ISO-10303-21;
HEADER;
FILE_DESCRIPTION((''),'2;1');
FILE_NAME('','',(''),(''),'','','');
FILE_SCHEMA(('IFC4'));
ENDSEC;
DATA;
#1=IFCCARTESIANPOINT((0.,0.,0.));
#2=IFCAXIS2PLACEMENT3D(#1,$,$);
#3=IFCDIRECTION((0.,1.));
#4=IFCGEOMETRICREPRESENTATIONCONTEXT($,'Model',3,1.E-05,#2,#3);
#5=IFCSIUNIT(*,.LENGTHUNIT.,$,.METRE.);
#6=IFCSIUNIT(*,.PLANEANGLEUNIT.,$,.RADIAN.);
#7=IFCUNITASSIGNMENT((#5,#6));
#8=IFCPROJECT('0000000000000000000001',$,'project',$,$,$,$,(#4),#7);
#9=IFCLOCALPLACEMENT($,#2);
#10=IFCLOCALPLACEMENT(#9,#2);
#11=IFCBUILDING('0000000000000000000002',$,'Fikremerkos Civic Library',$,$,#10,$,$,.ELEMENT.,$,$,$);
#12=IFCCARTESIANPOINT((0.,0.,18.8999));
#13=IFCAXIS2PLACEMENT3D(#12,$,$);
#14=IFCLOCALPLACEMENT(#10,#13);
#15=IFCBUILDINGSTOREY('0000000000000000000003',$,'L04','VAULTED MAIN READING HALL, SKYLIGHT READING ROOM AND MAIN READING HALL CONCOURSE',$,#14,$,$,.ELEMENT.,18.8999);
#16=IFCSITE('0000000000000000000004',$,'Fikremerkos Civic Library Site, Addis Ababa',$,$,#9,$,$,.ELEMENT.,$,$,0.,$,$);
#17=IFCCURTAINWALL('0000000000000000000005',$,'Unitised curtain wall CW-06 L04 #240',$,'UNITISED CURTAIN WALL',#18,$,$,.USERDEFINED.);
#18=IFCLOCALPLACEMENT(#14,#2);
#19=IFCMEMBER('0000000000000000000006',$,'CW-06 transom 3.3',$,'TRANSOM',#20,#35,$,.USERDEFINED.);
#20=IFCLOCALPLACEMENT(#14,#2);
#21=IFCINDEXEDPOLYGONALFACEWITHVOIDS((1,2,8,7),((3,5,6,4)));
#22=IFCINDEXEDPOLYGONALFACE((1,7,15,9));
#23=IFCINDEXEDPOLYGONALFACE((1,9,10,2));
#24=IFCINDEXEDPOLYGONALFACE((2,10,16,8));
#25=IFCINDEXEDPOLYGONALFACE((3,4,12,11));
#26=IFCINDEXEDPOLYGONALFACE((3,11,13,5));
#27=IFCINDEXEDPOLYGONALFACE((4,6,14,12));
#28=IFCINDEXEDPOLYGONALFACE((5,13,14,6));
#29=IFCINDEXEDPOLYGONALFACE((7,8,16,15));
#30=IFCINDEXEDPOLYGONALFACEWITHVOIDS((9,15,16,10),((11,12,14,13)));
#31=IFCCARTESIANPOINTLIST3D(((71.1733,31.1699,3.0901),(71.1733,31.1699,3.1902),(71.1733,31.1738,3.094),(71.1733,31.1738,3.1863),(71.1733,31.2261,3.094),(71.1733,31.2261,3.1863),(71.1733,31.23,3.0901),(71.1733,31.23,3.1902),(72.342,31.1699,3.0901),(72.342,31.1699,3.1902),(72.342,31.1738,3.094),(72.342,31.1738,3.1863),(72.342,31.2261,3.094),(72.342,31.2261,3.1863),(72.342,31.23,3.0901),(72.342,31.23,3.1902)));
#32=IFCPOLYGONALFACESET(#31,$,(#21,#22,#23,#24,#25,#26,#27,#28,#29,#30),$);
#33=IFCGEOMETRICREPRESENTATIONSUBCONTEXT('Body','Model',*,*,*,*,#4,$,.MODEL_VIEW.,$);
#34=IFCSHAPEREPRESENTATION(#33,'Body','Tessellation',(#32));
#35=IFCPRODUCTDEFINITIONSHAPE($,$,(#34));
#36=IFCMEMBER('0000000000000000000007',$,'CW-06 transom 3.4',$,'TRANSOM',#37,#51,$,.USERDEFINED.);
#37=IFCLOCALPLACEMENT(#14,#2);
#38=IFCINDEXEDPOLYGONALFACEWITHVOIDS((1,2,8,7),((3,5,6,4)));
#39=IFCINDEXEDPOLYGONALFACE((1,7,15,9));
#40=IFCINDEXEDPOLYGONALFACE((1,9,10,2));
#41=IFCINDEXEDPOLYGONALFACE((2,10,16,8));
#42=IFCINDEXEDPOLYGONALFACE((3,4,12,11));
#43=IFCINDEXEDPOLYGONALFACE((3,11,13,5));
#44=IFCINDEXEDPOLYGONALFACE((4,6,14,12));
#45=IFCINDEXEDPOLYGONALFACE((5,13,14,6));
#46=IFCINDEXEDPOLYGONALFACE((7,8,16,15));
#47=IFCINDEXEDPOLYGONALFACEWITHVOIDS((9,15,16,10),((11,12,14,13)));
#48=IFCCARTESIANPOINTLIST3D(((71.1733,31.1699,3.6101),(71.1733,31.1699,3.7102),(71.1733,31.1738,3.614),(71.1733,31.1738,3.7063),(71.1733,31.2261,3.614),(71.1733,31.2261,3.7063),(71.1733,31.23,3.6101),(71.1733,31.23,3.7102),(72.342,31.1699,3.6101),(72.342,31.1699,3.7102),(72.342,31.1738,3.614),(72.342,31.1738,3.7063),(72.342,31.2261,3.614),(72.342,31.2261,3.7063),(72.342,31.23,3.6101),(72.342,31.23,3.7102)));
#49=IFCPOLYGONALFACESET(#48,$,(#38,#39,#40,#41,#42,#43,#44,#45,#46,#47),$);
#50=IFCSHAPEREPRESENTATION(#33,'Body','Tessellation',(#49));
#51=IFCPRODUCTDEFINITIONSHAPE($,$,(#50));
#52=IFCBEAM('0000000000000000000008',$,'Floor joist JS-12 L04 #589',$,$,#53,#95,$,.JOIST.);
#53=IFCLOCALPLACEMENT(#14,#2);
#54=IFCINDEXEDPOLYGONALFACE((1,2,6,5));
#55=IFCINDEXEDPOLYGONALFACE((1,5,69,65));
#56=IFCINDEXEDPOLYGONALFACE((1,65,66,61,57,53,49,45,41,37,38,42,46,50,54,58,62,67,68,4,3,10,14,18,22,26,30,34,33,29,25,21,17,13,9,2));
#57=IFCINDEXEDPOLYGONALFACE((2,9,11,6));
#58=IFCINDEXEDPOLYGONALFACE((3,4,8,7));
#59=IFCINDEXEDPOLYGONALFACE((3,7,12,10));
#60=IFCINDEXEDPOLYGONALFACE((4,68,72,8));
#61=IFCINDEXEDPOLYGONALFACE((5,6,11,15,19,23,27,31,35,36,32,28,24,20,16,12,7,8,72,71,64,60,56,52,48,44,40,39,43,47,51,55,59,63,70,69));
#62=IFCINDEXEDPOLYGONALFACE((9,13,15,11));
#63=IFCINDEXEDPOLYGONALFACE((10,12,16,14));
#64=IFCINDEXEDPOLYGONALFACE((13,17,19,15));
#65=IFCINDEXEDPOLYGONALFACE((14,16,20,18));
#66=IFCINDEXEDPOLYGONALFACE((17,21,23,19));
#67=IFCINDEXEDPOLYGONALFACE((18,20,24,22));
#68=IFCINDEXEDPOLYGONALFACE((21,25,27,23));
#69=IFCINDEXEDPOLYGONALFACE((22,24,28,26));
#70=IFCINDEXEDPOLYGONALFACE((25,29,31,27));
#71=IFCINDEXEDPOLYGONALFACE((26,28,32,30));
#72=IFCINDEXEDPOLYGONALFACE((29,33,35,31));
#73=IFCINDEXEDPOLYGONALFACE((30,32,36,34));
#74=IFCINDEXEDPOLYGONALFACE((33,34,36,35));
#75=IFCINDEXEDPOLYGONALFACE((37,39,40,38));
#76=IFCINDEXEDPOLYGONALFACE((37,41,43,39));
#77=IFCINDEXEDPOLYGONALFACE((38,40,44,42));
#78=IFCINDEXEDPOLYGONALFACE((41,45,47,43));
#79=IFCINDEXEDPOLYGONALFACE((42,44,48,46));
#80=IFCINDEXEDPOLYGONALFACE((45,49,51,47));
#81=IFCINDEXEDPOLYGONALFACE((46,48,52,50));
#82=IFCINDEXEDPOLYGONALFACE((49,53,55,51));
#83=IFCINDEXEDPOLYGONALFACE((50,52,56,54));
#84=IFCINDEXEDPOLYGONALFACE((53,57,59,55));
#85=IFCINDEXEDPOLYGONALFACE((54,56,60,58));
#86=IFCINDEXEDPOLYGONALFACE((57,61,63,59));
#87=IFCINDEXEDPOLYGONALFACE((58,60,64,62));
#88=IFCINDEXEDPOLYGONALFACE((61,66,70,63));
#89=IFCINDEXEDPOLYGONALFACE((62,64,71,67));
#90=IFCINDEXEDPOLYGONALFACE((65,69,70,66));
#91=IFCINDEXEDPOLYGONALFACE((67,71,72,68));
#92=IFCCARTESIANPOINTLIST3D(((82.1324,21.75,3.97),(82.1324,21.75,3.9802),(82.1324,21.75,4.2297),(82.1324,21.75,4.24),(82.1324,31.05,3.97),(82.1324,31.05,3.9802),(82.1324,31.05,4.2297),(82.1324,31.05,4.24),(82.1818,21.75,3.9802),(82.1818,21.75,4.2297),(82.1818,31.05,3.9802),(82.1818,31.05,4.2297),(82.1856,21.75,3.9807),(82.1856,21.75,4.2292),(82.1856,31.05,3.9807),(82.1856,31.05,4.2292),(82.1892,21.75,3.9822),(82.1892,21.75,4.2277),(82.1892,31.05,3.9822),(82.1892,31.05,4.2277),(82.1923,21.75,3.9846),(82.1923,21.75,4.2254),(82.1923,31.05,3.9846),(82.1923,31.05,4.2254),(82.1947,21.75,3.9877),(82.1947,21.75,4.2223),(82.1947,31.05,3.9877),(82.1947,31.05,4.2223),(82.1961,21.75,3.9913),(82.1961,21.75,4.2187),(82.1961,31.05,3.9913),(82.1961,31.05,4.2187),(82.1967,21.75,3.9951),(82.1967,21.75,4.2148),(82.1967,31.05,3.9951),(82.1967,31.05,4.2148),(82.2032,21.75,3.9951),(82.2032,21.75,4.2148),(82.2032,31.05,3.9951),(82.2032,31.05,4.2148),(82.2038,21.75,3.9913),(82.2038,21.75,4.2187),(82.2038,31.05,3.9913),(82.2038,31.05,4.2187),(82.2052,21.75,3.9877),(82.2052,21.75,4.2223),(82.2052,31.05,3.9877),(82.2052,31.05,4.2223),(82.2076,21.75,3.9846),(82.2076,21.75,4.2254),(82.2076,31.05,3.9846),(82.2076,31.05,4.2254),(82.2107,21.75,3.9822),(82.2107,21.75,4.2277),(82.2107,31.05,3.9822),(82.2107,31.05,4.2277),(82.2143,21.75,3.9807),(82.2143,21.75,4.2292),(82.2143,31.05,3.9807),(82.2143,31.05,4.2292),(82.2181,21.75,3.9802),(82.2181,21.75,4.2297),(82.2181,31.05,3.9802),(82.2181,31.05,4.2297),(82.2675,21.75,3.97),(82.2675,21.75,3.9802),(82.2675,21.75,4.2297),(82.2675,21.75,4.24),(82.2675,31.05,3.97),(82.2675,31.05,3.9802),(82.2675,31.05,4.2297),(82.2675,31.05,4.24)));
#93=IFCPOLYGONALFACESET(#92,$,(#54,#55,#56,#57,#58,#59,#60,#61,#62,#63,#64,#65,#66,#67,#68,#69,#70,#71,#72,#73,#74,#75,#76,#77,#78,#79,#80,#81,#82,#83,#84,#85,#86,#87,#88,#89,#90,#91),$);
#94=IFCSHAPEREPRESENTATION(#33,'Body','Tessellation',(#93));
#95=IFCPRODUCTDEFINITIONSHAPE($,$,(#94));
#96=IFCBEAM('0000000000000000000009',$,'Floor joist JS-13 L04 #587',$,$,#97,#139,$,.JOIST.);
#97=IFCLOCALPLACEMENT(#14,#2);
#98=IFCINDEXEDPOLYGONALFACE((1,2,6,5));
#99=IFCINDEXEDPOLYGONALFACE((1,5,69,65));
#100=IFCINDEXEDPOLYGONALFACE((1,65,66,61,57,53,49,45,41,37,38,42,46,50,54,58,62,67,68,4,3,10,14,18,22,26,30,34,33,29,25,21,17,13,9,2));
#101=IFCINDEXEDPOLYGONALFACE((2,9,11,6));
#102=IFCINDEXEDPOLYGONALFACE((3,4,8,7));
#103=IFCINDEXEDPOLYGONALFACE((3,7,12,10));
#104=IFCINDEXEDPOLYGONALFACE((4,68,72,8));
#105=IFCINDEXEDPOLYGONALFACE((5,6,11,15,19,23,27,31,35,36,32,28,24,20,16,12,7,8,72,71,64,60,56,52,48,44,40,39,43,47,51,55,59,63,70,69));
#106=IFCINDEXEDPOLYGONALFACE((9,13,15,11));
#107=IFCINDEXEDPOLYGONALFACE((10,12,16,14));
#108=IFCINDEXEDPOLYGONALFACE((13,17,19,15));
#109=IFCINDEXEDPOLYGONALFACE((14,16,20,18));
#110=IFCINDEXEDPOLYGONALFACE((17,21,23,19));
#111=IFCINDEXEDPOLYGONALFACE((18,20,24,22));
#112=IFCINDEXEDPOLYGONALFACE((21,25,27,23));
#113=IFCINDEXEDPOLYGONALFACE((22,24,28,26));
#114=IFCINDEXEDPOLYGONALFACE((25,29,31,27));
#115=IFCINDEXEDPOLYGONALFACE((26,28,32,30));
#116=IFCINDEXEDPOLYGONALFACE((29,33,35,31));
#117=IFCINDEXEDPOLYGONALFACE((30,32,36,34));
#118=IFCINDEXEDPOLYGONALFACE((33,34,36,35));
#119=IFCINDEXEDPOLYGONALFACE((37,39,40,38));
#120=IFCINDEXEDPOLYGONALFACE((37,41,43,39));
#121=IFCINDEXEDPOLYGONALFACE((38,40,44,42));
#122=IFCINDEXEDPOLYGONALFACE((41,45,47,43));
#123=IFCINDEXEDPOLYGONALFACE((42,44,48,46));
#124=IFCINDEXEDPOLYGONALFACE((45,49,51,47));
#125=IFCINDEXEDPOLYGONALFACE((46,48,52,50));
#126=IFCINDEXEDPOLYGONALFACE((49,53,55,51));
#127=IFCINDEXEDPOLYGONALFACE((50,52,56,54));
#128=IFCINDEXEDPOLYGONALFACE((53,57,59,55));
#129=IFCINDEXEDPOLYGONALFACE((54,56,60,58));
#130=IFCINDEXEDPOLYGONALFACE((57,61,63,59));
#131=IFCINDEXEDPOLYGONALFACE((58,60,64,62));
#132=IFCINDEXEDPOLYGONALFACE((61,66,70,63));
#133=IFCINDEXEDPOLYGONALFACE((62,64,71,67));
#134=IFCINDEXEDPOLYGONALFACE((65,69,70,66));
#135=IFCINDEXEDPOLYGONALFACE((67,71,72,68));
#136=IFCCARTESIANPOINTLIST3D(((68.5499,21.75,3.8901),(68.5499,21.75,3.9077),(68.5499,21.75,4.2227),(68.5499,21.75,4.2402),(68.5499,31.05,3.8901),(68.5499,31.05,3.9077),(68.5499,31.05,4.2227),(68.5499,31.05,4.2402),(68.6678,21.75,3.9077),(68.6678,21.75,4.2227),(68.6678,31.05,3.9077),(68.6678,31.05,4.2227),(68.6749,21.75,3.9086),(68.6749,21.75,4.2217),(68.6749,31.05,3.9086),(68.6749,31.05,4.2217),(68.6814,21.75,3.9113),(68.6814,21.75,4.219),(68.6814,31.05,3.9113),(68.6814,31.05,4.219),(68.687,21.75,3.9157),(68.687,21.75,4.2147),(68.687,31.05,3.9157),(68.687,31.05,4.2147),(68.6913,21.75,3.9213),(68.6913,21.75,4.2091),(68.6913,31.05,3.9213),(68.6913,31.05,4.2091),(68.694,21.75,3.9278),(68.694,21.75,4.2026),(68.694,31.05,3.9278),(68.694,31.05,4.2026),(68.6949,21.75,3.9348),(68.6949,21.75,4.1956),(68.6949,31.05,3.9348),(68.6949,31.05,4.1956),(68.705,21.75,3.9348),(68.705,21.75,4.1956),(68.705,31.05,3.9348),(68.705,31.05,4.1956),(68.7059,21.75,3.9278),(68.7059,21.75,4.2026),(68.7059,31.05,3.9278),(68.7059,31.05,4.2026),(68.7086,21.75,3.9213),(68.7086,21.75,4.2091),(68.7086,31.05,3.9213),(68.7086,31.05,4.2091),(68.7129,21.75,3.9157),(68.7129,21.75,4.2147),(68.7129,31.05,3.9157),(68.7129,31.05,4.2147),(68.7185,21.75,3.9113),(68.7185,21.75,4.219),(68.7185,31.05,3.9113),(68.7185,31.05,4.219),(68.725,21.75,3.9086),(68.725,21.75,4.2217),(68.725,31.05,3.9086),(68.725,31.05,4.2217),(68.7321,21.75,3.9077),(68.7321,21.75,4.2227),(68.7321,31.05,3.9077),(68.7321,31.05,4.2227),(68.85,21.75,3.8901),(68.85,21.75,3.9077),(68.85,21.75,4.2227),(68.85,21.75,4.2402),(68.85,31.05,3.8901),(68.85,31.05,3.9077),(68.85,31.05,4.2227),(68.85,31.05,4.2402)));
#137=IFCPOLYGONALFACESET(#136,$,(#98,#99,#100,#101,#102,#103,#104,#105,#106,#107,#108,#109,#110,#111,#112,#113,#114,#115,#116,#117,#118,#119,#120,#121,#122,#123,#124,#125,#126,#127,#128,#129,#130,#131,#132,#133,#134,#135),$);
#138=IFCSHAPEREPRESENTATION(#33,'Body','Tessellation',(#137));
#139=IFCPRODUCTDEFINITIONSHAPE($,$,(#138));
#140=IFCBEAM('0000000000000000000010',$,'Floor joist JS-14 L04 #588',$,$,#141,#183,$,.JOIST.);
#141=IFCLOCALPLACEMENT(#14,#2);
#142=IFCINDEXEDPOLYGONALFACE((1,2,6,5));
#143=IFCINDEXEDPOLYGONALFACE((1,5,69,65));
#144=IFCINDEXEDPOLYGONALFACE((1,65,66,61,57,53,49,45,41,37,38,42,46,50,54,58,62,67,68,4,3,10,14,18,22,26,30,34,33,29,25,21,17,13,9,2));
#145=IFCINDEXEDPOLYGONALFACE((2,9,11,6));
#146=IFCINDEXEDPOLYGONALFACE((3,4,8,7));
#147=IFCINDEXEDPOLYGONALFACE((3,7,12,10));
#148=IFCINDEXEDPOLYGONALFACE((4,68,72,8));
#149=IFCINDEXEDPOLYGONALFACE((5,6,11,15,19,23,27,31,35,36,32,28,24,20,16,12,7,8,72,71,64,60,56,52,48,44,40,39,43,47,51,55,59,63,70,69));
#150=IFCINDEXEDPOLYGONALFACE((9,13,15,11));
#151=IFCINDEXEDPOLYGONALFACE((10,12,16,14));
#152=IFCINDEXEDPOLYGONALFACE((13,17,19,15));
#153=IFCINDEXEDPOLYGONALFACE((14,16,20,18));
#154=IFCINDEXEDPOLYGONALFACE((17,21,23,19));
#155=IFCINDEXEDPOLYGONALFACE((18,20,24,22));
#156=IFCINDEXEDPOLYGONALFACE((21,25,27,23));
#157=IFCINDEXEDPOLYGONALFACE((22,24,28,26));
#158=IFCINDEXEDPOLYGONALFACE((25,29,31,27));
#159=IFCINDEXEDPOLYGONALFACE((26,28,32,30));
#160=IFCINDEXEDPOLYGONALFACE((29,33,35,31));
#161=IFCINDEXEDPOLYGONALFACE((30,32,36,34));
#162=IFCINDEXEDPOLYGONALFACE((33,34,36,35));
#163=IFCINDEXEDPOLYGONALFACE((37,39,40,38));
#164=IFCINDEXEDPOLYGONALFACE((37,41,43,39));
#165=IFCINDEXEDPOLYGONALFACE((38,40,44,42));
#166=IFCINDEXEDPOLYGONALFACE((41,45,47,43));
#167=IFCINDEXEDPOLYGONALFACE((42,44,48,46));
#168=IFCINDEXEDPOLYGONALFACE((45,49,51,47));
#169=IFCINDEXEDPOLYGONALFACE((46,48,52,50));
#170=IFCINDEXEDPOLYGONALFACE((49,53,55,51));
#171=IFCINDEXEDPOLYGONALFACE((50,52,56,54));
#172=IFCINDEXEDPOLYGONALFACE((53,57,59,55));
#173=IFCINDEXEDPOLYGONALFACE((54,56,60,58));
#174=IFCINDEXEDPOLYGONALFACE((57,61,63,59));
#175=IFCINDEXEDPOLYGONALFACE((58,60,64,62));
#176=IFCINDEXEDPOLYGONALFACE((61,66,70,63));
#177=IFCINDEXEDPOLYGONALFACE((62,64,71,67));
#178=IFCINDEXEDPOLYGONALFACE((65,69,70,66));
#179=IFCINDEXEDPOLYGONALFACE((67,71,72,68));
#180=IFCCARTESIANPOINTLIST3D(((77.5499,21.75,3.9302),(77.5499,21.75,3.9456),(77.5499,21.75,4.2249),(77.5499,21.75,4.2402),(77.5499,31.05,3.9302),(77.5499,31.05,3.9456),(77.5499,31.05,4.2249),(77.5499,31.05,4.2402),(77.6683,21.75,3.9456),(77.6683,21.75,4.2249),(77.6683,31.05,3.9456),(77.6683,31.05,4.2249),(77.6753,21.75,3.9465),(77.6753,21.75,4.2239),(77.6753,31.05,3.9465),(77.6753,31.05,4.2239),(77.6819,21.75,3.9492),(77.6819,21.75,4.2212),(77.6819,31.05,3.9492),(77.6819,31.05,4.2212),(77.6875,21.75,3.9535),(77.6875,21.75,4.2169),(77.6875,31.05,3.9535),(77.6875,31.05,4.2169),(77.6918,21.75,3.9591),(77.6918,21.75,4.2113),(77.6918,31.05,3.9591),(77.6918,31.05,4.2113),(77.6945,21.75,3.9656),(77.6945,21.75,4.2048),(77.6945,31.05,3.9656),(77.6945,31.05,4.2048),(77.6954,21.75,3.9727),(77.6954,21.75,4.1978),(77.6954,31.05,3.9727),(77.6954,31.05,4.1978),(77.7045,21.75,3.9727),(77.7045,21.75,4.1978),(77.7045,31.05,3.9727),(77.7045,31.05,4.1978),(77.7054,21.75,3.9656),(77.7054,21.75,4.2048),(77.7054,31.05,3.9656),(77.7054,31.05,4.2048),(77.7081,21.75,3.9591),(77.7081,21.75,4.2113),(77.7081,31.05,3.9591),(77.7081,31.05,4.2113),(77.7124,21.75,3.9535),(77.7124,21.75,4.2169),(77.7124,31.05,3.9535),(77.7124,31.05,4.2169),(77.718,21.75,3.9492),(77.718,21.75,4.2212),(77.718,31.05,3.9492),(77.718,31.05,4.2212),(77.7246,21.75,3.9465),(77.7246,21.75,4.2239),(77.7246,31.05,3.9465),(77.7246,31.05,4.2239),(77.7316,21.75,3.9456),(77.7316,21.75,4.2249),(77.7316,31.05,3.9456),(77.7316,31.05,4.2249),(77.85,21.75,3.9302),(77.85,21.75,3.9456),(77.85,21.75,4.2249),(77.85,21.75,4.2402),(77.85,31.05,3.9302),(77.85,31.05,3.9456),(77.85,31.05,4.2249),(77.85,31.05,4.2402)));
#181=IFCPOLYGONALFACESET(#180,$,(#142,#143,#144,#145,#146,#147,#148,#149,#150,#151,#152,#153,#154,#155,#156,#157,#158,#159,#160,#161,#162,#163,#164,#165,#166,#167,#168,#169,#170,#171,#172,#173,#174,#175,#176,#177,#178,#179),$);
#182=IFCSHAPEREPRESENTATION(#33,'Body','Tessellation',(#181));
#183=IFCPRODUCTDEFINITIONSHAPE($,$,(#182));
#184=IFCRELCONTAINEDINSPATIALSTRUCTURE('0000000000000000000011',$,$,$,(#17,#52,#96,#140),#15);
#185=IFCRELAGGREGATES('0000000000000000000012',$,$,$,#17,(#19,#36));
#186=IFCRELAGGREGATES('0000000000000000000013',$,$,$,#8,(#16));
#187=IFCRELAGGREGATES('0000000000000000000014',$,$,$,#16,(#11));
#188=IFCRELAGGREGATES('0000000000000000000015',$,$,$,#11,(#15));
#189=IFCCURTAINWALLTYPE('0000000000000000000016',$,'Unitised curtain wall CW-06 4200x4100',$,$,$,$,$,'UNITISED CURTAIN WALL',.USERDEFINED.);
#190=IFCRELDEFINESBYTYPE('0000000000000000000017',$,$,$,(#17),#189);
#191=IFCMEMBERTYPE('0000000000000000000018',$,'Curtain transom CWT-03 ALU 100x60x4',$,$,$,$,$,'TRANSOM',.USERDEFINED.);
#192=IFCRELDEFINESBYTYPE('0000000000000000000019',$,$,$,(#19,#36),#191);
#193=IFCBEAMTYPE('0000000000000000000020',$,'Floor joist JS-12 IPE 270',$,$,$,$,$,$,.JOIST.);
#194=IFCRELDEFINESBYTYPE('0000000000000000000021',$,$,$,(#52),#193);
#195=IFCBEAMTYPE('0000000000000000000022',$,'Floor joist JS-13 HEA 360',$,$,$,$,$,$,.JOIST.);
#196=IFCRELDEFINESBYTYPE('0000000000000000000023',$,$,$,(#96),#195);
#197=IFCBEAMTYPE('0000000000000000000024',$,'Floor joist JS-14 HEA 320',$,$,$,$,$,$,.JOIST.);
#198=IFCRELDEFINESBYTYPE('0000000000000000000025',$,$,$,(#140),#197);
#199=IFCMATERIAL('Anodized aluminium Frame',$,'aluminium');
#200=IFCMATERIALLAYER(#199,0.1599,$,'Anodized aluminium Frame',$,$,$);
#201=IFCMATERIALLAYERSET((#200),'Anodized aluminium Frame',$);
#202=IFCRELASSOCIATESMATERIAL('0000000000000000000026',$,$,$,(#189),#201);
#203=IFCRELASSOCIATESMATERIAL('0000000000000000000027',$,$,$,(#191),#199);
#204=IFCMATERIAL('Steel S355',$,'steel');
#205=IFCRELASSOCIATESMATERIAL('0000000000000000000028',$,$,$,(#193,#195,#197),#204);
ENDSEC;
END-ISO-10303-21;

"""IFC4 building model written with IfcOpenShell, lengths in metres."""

from ifc_helpers import new_model, si_unit, direction, frame, origin, origin_2d, place, context, subcontext, project, spatial, hollow_rectangle, i_section, extrude, material, layer, layer_set, material_profile, profile_set, type_object, element, aggregate, save


model = new_model("IFC4")

# Units and contexts
model_context = context("Model", 3, precision=1e-05, world=origin(), true_north=direction((0.0, 1.0)))
body_context = subcontext(model_context, "Body", "Model", "MODEL_VIEW")
ifc_project = project(units=[si_unit("LENGTHUNIT", "METRE"), si_unit("PLANEANGLEUNIT", "RADIAN")], contexts=[model_context])

# Site, building, storey
site_placement = place(None, origin())
site = spatial("IfcSite", under=ifc_project, at=site_placement, Name="Fikremerkos Civic Library Site, Addis Ababa", CompositionType="ELEMENT", RefElevation=0.0)
building_placement = place(site_placement, origin())
building = spatial("IfcBuilding", under=site, at=building_placement, Name="Fikremerkos Civic Library", CompositionType="ELEMENT")
storey_placement = place(building_placement, frame((0.0, 0.0, 18.8999)))
storey = spatial("IfcBuildingStorey", under=building, at=storey_placement, Name="L04", Description="VAULTED MAIN READING HALL, SKYLIGHT READING ROOM AND MAIN READING HALL CONCOURSE", CompositionType="ELEMENT", Elevation=18.8999)

# Shared definitions
ifc_material_1 = material(Name="Steel S355", Category="steel")

# Shared definitions
ifc_material_2 = material(Name="Anodized aluminium Frame", Category="aluminium")

# Curtain wall
ifc_layer_1 = layer(ifc_material_2, 0.1599, Name="Anodized aluminium Frame")
ifc_layer_set_1 = layer_set([ifc_layer_1], Name="Anodized aluminium Frame")
curtain_wall_type_1 = type_object("IfcCurtainWallType", Name="Unitised curtain wall CW-06 4200x4100", ElementType="UNITISED CURTAIN WALL", PredefinedType="USERDEFINED", material=ifc_layer_set_1)
curtain_wall_1_placement = place(storey_placement, origin())
curtain_wall_1 = element("IfcCurtainWall", 1, at=curtain_wall_1_placement, inside=storey, type_object=curtain_wall_type_1, Name="Unitised curtain wall CW-06 L04 #240", ObjectType="UNITISED CURTAIN WALL", PredefinedType="USERDEFINED")

# Members
ifc_material_profile_1 = material_profile(ifc_material_2, hollow_rectangle(XDim=0.0601, YDim=0.1001, WallThickness=0.0039, at=origin_2d()), Name="ALU 100x60x4")
ifc_profile_set_1 = profile_set([ifc_material_profile_1], Name="Anodized aluminium Frame")
member_type_1 = type_object("IfcMemberType", Name="Curtain transom CWT-03 ALU 100x60x4", ElementType="TRANSOM", PredefinedType="USERDEFINED", material=ifc_profile_set_1)
member_1_placement = place(storey_placement, frame((71.1733, 31.2, 3.1401), z_axis=(1.0, 0.0, 0.0), x_axis=(0.0, 1.0, 0.0)))
member_1 = element("IfcMember", 2, at=member_1_placement, type_object=member_type_1, Name="CW-06 transom 3.3", ObjectType="TRANSOM", PredefinedType="USERDEFINED", context=body_context, shape_type="SweptSolid", body=[
    extrude(hollow_rectangle(XDim=0.0601, YDim=0.1001, WallThickness=0.0039, at=origin_2d()), origin(), (0.0, 0.0, 1.0), 1.1687),
])
member_2_placement = place(storey_placement, frame((71.1733, 31.2, 3.6602), z_axis=(1.0, 0.0, 0.0), x_axis=(0.0, 1.0, 0.0)))
member_2 = element("IfcMember", 3, at=member_2_placement, type_object=member_type_1, Name="CW-06 transom 3.4", ObjectType="TRANSOM", PredefinedType="USERDEFINED", context=body_context, shape_type="SweptSolid", body=[
    extrude(hollow_rectangle(XDim=0.0601, YDim=0.1001, WallThickness=0.0039, at=origin_2d()), origin(), (0.0, 0.0, 1.0), 1.1687),
])

# Beams
ifc_material_profile_2 = material_profile(ifc_material_1, i_section(OverallWidth=0.135, OverallDepth=0.27, WebThickness=0.0066, FlangeThickness=0.0103, FilletRadius=0.0149, at=origin_2d()), Name="IPE 270")
ifc_profile_set_2 = profile_set([ifc_material_profile_2], Name="Steel S355")
beam_type_1 = type_object("IfcBeamType", Name="Floor joist JS-12 IPE 270", PredefinedType="JOIST", material=ifc_profile_set_2)
beam_1_placement = place(storey_placement, frame((82.2, 21.75, 4.105), z_axis=(0.0, 1.0, 0.0), x_axis=(-1.0, 0.0, 0.0)))
element("IfcBeam", 4, at=beam_1_placement, inside=storey, type_object=beam_type_1, Name="Floor joist JS-12 L04 #589", PredefinedType="JOIST", context=body_context, shape_type="SweptSolid", body=[
    extrude(i_section(OverallWidth=0.135, OverallDepth=0.27, WebThickness=0.0066, FlangeThickness=0.0103, FilletRadius=0.0149, at=origin_2d()), origin(), (0.0, 0.0, 1.0), 9.3),
])
ifc_material_profile_3 = material_profile(ifc_material_1, i_section(OverallWidth=0.3, OverallDepth=0.3501, WebThickness=0.01, FlangeThickness=0.0176, FilletRadius=0.0271, at=origin_2d()), Name="HEA 360")
ifc_profile_set_3 = profile_set([ifc_material_profile_3], Name="Steel S355")
beam_type_2 = type_object("IfcBeamType", Name="Floor joist JS-13 HEA 360", PredefinedType="JOIST", material=ifc_profile_set_3)
beam_2_placement = place(storey_placement, frame((68.7, 21.75, 4.0652), z_axis=(0.0, 1.0, 0.0), x_axis=(-1.0, 0.0, 0.0)))
element("IfcBeam", 5, at=beam_2_placement, inside=storey, type_object=beam_type_2, Name="Floor joist JS-13 L04 #587", PredefinedType="JOIST", context=body_context, shape_type="SweptSolid", body=[
    extrude(i_section(OverallWidth=0.3, OverallDepth=0.3501, WebThickness=0.01, FlangeThickness=0.0176, FilletRadius=0.0271, at=origin_2d()), origin(), (0.0, 0.0, 1.0), 9.3),
])
ifc_material_profile_4 = material_profile(ifc_material_1, i_section(OverallWidth=0.3, OverallDepth=0.3101, WebThickness=0.009, FlangeThickness=0.0154, FilletRadius=0.0271, at=origin_2d()), Name="HEA 320")
ifc_profile_set_4 = profile_set([ifc_material_profile_4], Name="Steel S355")
beam_type_3 = type_object("IfcBeamType", Name="Floor joist JS-14 HEA 320", PredefinedType="JOIST", material=ifc_profile_set_4)
beam_3_placement = place(storey_placement, frame((77.7, 21.75, 4.0852), z_axis=(0.0, 1.0, 0.0), x_axis=(-1.0, 0.0, 0.0)))
element("IfcBeam", 6, at=beam_3_placement, inside=storey, type_object=beam_type_3, Name="Floor joist JS-14 L04 #588", PredefinedType="JOIST", context=body_context, shape_type="SweptSolid", body=[
    extrude(i_section(OverallWidth=0.3, OverallDepth=0.3101, WebThickness=0.009, FlangeThickness=0.0154, FilletRadius=0.0271, at=origin_2d()), origin(), (0.0, 0.0, 1.0), 9.3),
])

aggregate(curtain_wall_1, [member_1, member_2])

save(model, "model.ifc")
